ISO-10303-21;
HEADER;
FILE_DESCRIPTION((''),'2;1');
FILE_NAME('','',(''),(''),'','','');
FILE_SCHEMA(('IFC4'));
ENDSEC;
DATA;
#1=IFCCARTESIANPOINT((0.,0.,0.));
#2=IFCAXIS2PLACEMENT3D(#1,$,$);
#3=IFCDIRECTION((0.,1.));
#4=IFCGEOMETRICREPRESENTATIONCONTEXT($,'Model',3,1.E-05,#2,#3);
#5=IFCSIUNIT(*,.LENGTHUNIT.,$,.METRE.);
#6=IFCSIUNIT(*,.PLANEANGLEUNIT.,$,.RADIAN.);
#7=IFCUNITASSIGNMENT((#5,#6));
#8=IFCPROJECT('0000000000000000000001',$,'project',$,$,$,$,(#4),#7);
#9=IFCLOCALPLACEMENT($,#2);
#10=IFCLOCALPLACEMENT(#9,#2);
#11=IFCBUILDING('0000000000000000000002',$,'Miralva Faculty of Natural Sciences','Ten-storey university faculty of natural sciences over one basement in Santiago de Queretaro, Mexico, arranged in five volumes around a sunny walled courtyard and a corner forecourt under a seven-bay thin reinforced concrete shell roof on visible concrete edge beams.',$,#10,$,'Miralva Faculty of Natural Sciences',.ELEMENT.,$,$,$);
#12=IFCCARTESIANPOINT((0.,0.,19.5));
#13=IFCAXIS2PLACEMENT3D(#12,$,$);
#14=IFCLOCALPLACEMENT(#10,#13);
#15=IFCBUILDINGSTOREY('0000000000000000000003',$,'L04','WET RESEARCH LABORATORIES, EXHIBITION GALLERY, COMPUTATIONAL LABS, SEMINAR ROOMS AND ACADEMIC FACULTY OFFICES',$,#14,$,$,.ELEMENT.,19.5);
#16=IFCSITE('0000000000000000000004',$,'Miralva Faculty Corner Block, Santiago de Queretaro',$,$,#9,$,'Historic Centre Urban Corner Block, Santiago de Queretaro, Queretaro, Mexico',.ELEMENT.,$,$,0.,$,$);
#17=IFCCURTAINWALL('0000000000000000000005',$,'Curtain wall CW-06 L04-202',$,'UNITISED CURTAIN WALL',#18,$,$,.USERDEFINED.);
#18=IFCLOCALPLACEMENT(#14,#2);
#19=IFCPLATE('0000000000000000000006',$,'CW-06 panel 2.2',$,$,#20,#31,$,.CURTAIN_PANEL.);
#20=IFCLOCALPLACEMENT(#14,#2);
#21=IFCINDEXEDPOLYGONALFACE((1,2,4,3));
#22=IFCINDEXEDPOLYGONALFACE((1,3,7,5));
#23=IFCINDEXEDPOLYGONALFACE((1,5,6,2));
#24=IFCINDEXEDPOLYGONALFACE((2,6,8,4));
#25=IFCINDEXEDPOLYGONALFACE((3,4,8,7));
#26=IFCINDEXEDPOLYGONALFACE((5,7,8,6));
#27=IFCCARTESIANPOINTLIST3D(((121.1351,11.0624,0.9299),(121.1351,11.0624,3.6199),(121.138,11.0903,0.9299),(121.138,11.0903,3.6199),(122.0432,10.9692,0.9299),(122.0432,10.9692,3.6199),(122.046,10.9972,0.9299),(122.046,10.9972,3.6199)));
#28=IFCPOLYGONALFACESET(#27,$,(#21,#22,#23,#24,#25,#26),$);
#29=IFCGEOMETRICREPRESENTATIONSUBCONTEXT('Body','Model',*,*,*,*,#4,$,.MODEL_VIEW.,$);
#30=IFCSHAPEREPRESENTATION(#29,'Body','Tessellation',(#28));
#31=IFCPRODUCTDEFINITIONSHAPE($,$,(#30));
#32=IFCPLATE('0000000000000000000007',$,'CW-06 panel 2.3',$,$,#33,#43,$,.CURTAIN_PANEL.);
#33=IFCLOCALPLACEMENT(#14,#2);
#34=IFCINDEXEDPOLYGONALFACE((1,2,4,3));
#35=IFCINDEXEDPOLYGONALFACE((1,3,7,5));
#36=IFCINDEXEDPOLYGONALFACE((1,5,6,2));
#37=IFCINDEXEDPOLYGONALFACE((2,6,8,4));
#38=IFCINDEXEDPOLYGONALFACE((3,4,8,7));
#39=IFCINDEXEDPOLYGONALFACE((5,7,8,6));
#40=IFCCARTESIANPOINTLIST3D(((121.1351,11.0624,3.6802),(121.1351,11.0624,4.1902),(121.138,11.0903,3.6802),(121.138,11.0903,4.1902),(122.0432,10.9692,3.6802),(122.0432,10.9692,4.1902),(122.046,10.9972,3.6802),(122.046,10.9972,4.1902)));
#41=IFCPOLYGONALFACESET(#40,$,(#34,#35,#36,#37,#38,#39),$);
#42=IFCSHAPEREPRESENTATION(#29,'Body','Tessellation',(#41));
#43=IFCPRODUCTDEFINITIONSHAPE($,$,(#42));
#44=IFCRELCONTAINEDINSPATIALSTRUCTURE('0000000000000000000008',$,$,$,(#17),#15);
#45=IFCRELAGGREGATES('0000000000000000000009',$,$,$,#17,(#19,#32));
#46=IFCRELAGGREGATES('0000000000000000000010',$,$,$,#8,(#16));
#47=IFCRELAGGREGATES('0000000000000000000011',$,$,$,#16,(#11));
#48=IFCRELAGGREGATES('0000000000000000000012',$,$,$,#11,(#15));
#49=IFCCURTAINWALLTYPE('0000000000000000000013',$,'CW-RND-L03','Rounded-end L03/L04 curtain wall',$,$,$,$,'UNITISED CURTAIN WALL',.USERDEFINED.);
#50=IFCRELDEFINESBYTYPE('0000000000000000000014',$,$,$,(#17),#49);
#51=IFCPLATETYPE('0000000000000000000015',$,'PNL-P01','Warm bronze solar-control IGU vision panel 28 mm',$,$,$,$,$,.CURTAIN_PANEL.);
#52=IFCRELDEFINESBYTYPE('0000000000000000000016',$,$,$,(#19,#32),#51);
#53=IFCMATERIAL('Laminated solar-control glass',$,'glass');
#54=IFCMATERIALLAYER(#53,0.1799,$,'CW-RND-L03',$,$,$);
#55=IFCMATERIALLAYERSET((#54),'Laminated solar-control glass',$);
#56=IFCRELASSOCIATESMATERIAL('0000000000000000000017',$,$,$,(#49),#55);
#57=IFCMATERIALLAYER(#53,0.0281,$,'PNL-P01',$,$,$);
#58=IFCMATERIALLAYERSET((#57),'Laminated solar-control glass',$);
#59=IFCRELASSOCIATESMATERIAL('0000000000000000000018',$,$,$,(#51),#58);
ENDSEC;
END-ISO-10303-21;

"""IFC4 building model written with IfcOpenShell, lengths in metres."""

from ifc_helpers import new_model, si_unit, direction, frame, origin, origin_2d, place, context, subcontext, project, spatial, rectangle, extrude, material, layer, layer_set, type_object, element, aggregate, save


model = new_model("IFC4")

# Units and contexts
model_context = context("Model", 3, precision=1e-05, world=origin(), true_north=direction((0.0, 1.0)))
body_context = subcontext(model_context, "Body", "Model", "MODEL_VIEW")
ifc_project = project(units=[si_unit("LENGTHUNIT", "METRE"), si_unit("PLANEANGLEUNIT", "RADIAN")], contexts=[model_context])

# Site, building, storey
site_placement = place(None, origin())
site = spatial("IfcSite", under=ifc_project, at=site_placement, Name="Miralva Faculty Corner Block, Santiago de Queretaro", LongName="Historic Centre Urban Corner Block, Santiago de Queretaro, Queretaro, Mexico", CompositionType="ELEMENT", RefElevation=0.0)
building_placement = place(site_placement, origin())
building = spatial("IfcBuilding", under=site, at=building_placement, Name="Miralva Faculty of Natural Sciences", Description="Ten-storey university faculty of natural sciences over one basement in Santiago de Queretaro, Mexico, arranged in five volumes around a sunny walled courtyard and a corner forecourt under a seven-bay thin reinforced concrete shell roof on visible concrete edge beams.", LongName="Miralva Faculty of Natural Sciences", CompositionType="ELEMENT")
storey_placement = place(building_placement, frame((0.0, 0.0, 19.5)))
storey = spatial("IfcBuildingStorey", under=building, at=storey_placement, Name="L04", Description="WET RESEARCH LABORATORIES, EXHIBITION GALLERY, COMPUTATIONAL LABS, SEMINAR ROOMS AND ACADEMIC FACULTY OFFICES", CompositionType="ELEMENT", Elevation=19.5)

# Shared definitions
ifc_material_1 = material(Name="Laminated solar-control glass", Category="glass")
ifc_layer_1 = layer(ifc_material_1, 0.1799, Name="CW-RND-L03")
ifc_layer_set_1 = layer_set([ifc_layer_1], Name="Laminated solar-control glass")
curtain_wall_type = type_object("IfcCurtainWallType", Name="CW-RND-L03", Description="Rounded-end L03/L04 curtain wall", ElementType="UNITISED CURTAIN WALL", PredefinedType="USERDEFINED", material=ifc_layer_set_1)

# Curtain wall
curtain_wall_1_placement = place(storey_placement, origin())
curtain_wall_1 = element("IfcCurtainWall", 1, at=curtain_wall_1_placement, inside=storey, type_object=curtain_wall_type, Name="Curtain wall CW-06 L04-202", ObjectType="UNITISED CURTAIN WALL", PredefinedType="USERDEFINED")

# Plates
ifc_layer_2 = layer(ifc_material_1, 0.0281, Name="PNL-P01")
ifc_layer_set_2 = layer_set([ifc_layer_2], Name="Laminated solar-control glass")
plate_type = type_object("IfcPlateType", Name="PNL-P01", Description="Warm bronze solar-control IGU vision panel 28 mm", PredefinedType="CURTAIN_PANEL", material=ifc_layer_set_2)
plate_1_placement = place(storey_placement, frame((121.5906, 11.0298, 0.9299), z_axis=(0.0, 0.0, 1.0), x_axis=(0.994779, -0.102056, 0.0)))
plate_1 = element("IfcPlate", 2, at=plate_1_placement, type_object=plate_type, Name="CW-06 panel 2.2", PredefinedType="CURTAIN_PANEL", context=body_context, shape_type="SweptSolid", body=[
    extrude(rectangle(XDim=0.9128, YDim=0.0281, at=origin_2d()), origin(), (0.0, 0.0, 1.0), 2.6899),
])
plate_2_placement = place(storey_placement, frame((121.5906, 11.0298, 3.6802), z_axis=(0.0, 0.0, 1.0), x_axis=(0.994779, -0.102056, 0.0)))
plate_2 = element("IfcPlate", 3, at=plate_2_placement, type_object=plate_type, Name="CW-06 panel 2.3", PredefinedType="CURTAIN_PANEL", context=body_context, shape_type="SweptSolid", body=[
    extrude(rectangle(XDim=0.9128, YDim=0.0281, at=origin_2d()), origin(), (0.0, 0.0, 1.0), 0.51),
])
aggregate(curtain_wall_1, [plate_1, plate_2])

save(model, "model.ifc")
